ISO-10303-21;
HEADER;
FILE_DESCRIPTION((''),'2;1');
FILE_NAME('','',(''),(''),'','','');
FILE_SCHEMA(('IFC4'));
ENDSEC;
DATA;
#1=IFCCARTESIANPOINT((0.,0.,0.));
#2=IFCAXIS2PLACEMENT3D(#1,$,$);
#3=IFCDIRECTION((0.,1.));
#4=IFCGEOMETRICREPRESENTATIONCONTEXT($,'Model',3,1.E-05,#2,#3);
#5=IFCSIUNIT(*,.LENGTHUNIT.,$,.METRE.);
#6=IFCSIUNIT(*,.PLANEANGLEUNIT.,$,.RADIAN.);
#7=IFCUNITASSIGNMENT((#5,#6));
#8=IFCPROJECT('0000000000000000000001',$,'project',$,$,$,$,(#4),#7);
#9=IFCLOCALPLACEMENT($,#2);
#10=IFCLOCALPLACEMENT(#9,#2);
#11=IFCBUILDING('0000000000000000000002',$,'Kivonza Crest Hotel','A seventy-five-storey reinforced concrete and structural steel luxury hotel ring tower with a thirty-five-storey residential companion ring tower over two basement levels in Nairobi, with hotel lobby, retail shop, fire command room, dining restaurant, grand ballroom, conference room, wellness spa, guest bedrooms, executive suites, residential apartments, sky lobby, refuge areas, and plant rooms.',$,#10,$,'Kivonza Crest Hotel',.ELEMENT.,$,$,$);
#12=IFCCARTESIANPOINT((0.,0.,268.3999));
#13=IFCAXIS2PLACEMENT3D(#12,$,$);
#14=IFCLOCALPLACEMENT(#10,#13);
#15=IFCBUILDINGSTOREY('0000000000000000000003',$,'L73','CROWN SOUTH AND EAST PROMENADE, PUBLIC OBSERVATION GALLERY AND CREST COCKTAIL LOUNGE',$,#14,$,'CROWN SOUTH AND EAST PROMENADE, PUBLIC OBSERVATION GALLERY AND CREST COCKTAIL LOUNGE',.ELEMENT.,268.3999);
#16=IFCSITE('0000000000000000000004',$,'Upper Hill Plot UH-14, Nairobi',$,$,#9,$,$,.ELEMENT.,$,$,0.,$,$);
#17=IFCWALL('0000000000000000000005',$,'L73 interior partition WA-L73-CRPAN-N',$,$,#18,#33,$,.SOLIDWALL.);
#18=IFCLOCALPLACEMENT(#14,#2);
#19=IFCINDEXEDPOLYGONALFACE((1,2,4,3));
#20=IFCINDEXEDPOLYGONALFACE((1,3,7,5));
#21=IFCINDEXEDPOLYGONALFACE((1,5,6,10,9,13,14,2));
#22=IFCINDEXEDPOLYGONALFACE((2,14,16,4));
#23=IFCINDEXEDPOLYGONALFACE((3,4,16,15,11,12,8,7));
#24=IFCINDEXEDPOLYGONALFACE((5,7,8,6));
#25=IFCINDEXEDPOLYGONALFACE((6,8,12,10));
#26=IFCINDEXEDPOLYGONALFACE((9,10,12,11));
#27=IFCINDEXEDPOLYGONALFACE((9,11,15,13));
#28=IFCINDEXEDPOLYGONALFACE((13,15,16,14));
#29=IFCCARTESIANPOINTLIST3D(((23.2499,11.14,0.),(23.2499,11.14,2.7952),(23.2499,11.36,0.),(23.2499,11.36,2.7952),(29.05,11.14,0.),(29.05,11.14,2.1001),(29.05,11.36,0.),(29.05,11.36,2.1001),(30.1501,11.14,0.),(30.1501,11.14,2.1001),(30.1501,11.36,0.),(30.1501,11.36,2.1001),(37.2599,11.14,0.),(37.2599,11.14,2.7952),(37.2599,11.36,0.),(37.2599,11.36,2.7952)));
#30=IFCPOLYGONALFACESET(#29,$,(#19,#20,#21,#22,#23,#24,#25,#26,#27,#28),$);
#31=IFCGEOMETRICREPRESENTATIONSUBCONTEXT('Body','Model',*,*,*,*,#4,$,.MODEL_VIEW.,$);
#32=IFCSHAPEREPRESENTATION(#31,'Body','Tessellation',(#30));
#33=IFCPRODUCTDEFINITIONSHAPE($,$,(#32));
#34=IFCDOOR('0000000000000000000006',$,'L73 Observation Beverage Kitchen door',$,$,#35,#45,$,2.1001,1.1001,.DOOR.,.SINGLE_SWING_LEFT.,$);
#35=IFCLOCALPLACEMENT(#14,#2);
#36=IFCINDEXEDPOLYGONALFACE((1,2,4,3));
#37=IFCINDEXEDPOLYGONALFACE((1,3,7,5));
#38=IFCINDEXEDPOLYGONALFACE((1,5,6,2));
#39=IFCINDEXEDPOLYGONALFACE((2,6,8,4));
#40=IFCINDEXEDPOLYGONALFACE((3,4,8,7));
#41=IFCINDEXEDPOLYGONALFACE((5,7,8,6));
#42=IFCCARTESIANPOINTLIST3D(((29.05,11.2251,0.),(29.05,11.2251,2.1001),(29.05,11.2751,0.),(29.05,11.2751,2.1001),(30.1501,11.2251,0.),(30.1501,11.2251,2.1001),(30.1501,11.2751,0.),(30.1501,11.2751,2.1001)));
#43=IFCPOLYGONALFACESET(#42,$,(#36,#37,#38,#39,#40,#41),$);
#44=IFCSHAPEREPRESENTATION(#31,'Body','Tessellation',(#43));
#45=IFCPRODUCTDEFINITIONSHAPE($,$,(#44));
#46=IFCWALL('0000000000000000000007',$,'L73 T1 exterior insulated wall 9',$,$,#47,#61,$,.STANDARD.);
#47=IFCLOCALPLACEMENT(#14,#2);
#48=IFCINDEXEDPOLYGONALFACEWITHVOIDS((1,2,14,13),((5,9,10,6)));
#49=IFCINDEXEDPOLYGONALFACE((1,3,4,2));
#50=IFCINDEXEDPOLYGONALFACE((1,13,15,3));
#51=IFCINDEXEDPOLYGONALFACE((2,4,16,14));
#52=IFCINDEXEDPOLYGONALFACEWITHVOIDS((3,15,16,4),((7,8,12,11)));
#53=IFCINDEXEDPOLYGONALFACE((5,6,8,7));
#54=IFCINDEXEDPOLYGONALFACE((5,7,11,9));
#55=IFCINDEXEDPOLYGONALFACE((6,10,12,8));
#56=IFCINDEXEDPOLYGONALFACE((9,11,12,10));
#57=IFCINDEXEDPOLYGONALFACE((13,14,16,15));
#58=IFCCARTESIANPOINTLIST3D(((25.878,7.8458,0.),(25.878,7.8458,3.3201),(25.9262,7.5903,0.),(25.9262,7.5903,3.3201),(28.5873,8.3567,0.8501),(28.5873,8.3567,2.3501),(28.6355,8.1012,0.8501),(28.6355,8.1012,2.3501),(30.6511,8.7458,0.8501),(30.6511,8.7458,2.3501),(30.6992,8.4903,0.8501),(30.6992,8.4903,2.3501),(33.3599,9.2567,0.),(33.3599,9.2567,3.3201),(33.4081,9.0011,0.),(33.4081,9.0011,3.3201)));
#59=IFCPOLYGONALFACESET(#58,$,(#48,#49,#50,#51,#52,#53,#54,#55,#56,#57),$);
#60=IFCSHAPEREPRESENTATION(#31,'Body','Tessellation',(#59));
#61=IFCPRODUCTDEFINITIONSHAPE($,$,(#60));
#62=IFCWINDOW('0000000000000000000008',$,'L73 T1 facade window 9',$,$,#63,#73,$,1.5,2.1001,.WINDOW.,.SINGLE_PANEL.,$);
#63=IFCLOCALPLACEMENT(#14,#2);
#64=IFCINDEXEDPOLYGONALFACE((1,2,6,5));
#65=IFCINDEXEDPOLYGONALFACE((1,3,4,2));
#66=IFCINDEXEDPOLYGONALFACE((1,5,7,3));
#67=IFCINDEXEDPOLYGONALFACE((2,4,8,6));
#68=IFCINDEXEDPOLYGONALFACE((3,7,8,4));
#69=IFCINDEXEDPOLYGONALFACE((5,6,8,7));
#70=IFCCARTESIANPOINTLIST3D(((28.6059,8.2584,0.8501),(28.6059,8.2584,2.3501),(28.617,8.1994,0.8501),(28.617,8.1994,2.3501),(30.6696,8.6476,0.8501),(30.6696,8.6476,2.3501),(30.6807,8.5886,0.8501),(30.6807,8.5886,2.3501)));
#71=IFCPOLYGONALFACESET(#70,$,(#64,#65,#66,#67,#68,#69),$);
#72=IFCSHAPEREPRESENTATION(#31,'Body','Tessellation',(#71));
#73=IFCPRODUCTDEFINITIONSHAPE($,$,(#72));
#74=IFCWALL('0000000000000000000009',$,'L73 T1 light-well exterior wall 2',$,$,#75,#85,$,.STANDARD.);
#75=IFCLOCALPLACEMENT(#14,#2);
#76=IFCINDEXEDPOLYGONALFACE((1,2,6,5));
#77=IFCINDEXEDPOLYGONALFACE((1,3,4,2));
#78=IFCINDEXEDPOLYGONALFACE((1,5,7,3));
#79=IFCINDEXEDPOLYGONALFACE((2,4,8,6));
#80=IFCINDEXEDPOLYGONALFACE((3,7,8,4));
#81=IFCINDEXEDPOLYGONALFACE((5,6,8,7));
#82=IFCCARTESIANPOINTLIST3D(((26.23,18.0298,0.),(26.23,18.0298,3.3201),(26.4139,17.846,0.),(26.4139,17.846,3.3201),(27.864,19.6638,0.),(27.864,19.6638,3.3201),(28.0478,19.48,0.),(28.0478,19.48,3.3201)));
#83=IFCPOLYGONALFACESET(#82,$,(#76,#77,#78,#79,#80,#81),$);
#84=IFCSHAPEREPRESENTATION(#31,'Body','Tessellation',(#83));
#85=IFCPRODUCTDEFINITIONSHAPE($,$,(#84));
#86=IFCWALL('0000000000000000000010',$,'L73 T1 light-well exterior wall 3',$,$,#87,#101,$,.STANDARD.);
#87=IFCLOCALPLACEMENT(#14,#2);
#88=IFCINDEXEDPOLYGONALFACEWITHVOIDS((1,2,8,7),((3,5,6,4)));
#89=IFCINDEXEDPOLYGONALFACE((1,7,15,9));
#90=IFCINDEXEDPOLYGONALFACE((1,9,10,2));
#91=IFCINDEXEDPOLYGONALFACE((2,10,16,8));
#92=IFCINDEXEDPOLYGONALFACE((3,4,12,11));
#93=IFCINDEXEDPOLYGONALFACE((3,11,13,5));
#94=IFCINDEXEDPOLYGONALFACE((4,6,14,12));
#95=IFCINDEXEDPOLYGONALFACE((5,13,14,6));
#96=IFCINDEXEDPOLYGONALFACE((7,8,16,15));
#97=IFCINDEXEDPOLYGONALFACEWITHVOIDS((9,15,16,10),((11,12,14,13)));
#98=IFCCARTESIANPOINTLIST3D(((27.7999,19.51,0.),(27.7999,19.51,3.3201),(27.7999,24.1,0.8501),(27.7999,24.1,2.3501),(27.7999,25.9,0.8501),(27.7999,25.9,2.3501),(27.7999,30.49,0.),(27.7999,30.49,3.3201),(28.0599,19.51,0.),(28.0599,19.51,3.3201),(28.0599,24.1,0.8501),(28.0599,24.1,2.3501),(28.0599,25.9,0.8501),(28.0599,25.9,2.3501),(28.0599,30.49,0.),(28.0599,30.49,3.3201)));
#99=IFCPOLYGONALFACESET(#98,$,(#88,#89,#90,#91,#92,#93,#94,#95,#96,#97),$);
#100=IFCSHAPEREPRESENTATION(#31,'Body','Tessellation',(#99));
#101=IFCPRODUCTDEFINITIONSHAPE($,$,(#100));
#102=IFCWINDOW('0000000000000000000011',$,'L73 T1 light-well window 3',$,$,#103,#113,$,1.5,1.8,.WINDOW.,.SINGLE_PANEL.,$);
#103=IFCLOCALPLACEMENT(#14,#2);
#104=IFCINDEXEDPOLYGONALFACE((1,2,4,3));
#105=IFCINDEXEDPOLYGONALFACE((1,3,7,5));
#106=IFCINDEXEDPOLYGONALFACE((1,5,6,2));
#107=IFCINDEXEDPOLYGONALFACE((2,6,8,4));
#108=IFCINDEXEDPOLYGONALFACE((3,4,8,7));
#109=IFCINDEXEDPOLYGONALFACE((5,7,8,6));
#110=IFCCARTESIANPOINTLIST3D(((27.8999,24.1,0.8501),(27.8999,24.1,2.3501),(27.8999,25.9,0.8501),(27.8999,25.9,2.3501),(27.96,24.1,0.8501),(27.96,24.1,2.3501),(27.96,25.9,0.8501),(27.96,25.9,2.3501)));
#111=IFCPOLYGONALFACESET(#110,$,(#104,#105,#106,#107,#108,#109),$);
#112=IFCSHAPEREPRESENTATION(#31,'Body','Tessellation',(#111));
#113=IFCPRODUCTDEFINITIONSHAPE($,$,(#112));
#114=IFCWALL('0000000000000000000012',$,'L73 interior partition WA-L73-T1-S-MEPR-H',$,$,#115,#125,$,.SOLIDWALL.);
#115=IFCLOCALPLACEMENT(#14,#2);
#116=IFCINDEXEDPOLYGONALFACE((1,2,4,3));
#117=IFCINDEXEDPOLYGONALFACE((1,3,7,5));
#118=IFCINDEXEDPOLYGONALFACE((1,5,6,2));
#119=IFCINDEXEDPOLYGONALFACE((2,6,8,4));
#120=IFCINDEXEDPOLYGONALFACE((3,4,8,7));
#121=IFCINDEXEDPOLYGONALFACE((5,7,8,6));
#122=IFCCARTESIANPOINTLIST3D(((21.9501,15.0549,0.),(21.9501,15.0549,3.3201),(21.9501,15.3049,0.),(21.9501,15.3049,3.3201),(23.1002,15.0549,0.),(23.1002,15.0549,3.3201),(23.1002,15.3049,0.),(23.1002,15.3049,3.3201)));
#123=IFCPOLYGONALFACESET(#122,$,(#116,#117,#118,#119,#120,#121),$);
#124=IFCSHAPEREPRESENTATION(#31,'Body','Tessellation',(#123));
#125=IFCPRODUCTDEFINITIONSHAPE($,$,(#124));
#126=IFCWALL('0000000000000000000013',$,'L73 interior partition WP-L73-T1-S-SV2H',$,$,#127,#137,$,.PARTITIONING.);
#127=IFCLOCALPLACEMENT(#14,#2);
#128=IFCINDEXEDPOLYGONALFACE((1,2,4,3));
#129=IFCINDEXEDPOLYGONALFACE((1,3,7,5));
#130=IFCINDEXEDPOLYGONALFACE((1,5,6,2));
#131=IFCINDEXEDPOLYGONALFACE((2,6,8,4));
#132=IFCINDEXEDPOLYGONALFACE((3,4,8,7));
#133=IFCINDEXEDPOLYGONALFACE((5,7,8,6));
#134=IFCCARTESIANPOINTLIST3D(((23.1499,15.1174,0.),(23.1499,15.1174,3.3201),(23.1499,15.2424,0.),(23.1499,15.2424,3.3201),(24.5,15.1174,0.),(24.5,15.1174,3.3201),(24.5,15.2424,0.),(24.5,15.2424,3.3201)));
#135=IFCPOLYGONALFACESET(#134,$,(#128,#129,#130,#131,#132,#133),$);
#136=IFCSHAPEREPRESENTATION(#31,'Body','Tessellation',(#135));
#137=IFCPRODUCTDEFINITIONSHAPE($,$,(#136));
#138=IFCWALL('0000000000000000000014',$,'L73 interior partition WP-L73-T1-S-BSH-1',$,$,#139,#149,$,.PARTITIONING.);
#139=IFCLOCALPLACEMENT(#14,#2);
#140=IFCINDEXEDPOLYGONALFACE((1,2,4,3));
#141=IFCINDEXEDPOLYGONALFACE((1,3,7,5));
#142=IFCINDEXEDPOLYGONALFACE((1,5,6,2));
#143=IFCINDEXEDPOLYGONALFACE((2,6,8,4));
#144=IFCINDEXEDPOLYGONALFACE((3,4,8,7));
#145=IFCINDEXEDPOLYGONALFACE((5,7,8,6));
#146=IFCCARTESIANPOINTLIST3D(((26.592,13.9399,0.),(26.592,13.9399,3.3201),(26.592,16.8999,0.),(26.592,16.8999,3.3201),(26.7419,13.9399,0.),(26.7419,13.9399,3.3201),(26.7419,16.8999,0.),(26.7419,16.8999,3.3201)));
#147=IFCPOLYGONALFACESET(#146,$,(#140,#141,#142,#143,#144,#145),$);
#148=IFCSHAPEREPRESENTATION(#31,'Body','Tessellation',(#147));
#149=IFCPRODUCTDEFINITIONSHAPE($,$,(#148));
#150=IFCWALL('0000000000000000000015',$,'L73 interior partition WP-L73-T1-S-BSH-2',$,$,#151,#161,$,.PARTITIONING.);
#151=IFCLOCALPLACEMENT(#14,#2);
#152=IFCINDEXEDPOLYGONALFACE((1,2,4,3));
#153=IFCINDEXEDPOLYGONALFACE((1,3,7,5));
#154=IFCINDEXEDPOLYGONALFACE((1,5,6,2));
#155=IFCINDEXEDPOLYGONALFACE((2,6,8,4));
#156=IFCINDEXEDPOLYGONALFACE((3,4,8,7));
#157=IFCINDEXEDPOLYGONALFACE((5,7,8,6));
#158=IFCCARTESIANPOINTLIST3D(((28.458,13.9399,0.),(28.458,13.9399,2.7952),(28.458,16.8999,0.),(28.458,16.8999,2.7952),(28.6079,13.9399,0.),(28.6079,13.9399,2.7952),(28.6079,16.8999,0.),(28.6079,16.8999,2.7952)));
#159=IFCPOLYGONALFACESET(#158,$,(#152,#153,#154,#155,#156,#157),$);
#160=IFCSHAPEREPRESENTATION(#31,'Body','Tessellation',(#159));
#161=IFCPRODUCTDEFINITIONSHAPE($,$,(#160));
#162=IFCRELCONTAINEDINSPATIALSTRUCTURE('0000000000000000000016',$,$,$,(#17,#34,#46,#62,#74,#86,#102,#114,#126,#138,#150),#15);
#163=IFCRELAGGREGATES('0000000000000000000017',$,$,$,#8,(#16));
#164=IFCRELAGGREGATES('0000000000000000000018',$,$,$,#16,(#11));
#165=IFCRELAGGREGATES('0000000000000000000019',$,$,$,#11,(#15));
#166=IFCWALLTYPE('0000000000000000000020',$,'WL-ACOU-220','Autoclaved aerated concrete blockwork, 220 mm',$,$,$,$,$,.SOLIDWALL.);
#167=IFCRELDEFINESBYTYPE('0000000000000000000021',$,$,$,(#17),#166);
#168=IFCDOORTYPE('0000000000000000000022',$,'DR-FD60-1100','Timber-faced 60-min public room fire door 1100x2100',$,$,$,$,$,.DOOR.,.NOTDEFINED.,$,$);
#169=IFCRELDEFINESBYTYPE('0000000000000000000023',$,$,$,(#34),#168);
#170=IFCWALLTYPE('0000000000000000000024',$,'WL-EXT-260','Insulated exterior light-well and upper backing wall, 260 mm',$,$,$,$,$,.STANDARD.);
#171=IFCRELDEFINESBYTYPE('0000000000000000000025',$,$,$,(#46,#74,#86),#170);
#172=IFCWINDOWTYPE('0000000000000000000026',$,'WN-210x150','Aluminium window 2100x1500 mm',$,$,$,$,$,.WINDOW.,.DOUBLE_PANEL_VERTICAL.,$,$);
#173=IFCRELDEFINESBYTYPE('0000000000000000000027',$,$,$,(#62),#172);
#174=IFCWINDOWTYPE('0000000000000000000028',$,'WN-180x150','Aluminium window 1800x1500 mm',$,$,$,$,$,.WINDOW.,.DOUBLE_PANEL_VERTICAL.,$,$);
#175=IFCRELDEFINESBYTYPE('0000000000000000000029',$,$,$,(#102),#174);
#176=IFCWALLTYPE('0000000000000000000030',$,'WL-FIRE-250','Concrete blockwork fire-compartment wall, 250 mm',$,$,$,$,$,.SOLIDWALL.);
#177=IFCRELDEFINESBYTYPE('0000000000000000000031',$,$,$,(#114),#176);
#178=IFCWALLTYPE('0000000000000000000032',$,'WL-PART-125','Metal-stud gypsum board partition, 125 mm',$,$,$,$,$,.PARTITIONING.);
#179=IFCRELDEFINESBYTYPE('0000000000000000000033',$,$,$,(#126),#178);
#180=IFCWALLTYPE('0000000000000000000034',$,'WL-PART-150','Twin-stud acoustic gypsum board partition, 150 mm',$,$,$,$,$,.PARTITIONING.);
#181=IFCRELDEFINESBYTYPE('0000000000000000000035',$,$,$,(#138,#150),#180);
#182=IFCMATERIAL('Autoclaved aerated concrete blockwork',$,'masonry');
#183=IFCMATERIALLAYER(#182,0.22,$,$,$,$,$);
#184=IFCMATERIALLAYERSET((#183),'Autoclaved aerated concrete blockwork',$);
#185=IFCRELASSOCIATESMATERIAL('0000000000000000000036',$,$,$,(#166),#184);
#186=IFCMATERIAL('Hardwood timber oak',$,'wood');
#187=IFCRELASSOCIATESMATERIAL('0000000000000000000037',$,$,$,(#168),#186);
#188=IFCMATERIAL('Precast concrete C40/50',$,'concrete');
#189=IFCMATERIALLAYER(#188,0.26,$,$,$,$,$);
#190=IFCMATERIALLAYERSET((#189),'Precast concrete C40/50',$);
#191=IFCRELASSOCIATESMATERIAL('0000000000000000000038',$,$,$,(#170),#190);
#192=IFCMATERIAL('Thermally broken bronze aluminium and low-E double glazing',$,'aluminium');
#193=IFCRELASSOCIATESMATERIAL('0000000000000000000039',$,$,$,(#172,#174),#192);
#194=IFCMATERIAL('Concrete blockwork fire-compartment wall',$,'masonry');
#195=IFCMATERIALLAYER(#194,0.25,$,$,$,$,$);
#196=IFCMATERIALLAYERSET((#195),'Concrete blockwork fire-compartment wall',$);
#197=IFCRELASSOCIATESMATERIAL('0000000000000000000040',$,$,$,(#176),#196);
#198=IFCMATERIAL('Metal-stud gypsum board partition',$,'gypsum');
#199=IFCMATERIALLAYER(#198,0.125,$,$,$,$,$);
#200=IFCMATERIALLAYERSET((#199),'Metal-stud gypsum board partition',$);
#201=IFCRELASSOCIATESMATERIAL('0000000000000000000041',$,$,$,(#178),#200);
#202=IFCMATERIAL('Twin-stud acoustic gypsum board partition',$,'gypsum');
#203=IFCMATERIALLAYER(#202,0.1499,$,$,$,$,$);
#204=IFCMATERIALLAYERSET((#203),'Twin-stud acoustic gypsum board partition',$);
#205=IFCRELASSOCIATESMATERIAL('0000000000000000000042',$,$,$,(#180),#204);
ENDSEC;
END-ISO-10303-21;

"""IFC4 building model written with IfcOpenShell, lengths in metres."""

from ifc_helpers import new_model, si_unit, direction, frame, frame_2d, origin, place, context, subcontext, project, spatial, rectangle, extrude, material, layer, layer_set, type_object, element, fill, save


model = new_model("IFC4")

# Units and contexts
model_context = context("Model", 3, precision=1e-05, world=origin(), true_north=direction((0.0, 1.0)))
body_context = subcontext(model_context, "Body", "Model", "MODEL_VIEW")
ifc_project = project(units=[si_unit("LENGTHUNIT", "METRE"), si_unit("PLANEANGLEUNIT", "RADIAN")], contexts=[model_context])

# Site, building, storey
site_placement = place(None, origin())
site = spatial("IfcSite", under=ifc_project, at=site_placement, Name="Upper Hill Plot UH-14, Nairobi", CompositionType="ELEMENT", RefElevation=0.0)
building_placement = place(site_placement, origin())
building = spatial("IfcBuilding", under=site, at=building_placement, Name="Kivonza Crest Hotel", Description="A seventy-five-storey reinforced concrete and structural steel luxury hotel ring tower with a thirty-five-storey residential companion ring tower over two basement levels in Nairobi, with hotel lobby, retail shop, fire command room, dining restaurant, grand ballroom, conference room, wellness spa, guest bedrooms, executive suites, residential apartments, sky lobby, refuge areas, and plant rooms.", LongName="Kivonza Crest Hotel", CompositionType="ELEMENT")
storey_placement = place(building_placement, frame((0.0, 0.0, 268.3999)))
storey = spatial("IfcBuildingStorey", under=building, at=storey_placement, Name="L73", Description="CROWN SOUTH AND EAST PROMENADE, PUBLIC OBSERVATION GALLERY AND CREST COCKTAIL LOUNGE", LongName="CROWN SOUTH AND EAST PROMENADE, PUBLIC OBSERVATION GALLERY AND CREST COCKTAIL LOUNGE", CompositionType="ELEMENT", Elevation=268.3999)

# Wall, opening, door
ifc_material_1 = material(Name="Autoclaved aerated concrete blockwork", Category="masonry")
ifc_layer_1 = layer(ifc_material_1, 0.22)
ifc_layer_set_1 = layer_set([ifc_layer_1], Name="Autoclaved aerated concrete blockwork")
wall_type_1 = type_object("IfcWallType", Name="WL-ACOU-220", Description="Autoclaved aerated concrete blockwork, 220 mm", PredefinedType="SOLIDWALL", material=ifc_layer_set_1)
wall_1_placement = place(storey_placement, frame((23.25, 11.25, 0.0), z_axis=(0.0, 0.0, 1.0), x_axis=(1.0, 0.0, 0.0)))
wall_1 = element("IfcWall", 1, at=wall_1_placement, inside=storey, type_object=wall_type_1, Name="L73 interior partition WA-L73-CRPAN-N", PredefinedType="SOLIDWALL", context=body_context, shape_type="SweptSolid", body=[
    extrude(rectangle(XDim=14.01, YDim=0.22, at=frame_2d((7.0049, 0.0))), origin(), (0.0, 0.0, 1.0), 2.7952),
])
opening_1_placement = place(wall_1_placement, frame((5.8, 0.0, 0.0)))
opening_1 = element("IfcOpeningElement", 2, at=opening_1_placement, cuts=wall_1, PredefinedType="OPENING", context=body_context, shape_type="SweptSolid", body=[
    extrude(rectangle(XDim=1.1001, YDim=2.1001, at=frame_2d((0.55, 1.05))), frame((0.0, 0.1201, 0.0), z_axis=(0.0, -1.0, 0.0), x_axis=(1.0, 0.0, 0.0)), (0.0, 0.0, 1.0), 0.24),
])
ifc_material_2 = material(Name="Hardwood timber oak", Category="wood")
door_type = type_object("IfcDoorType", Name="DR-FD60-1100", Description="Timber-faced 60-min public room fire door 1100x2100", OperationType="NOTDEFINED", PredefinedType="DOOR", material=ifc_material_2)
door_placement = place(opening_1_placement, frame((1.1001, 0.0, 0.0), z_axis=(0.0, 0.0, 1.0), x_axis=(-1.0, 0.0, 0.0)))
door = element("IfcDoor", 3, at=door_placement, inside=storey, type_object=door_type, Name="L73 Observation Beverage Kitchen door", OperationType="SINGLE_SWING_LEFT", OverallHeight=2.1001, OverallWidth=1.1001, PredefinedType="DOOR", context=body_context, shape_type="SweptSolid", body=[
    extrude(rectangle(XDim=1.1001, YDim=2.1001, at=frame_2d((0.55, 1.05))), frame((0.0, 0.0249, 0.0), z_axis=(0.0, -1.0, 0.0), x_axis=(1.0, 0.0, 0.0)), (0.0, 0.0, 1.0), 0.05),
])
fill(opening_1, door)

# Wall, opening, window
ifc_material_3 = material(Name="Precast concrete C40/50", Category="concrete")
ifc_layer_2 = layer(ifc_material_3, 0.26)
ifc_layer_set_2 = layer_set([ifc_layer_2], Name="Precast concrete C40/50")
wall_type_2 = type_object("IfcWallType", Name="WL-EXT-260", Description="Insulated exterior light-well and upper backing wall, 260 mm", PredefinedType="STANDARD", material=ifc_layer_set_2)
wall_2_placement = place(storey_placement, frame((25.9021, 7.718, 0.0), z_axis=(0.0, 0.0, 1.0), x_axis=(0.982681, 0.185307, 0.0)))
wall_2 = element("IfcWall", 4, at=wall_2_placement, inside=storey, type_object=wall_type_2, Name="L73 T1 exterior insulated wall 9", PredefinedType="STANDARD", context=body_context, shape_type="SweptSolid", body=[
    extrude(rectangle(XDim=7.6138, YDim=0.26, at=frame_2d((3.8069, 0.0))), origin(), (0.0, 0.0, 1.0), 3.3201),
])
opening_2_placement = place(wall_2_placement, frame((2.7571, 0.0, 0.8501)))
opening_2 = element("IfcOpeningElement", 5, at=opening_2_placement, cuts=wall_2, PredefinedType="OPENING", context=body_context, shape_type="SweptSolid", body=[
    extrude(rectangle(XDim=2.1001, YDim=1.5, at=frame_2d((1.05, 0.75))), frame((0.0, 0.1401, 0.0), z_axis=(0.0, -1.0, 0.0), x_axis=(1.0, 0.0, 0.0)), (0.0, 0.0, 1.0), 0.28),
])
ifc_material_4 = material(Name="Thermally broken bronze aluminium and low-E double glazing", Category="aluminium")
window_type_1 = type_object("IfcWindowType", Name="WN-210x150", Description="Aluminium window 2100x1500 mm", PartitioningType="DOUBLE_PANEL_VERTICAL", PredefinedType="WINDOW", material=ifc_material_4)
window_1_placement = place(opening_2_placement, origin())
window_1 = element("IfcWindow", 6, at=window_1_placement, inside=storey, type_object=window_type_1, Name="L73 T1 facade window 9", OverallHeight=1.5, OverallWidth=2.1001, PartitioningType="SINGLE_PANEL", PredefinedType="WINDOW", context=body_context, shape_type="SweptSolid", body=[
    extrude(rectangle(XDim=2.1001, YDim=1.5, at=frame_2d((1.05, 0.75))), frame((0.0, 0.03, 0.0), z_axis=(0.0, -1.0, 0.0), x_axis=(1.0, 0.0, 0.0)), (0.0, 0.0, 1.0), 0.0601),
])
fill(opening_2, window_1)

# Wall
wall_3_placement = place(storey_placement, frame((26.322, 17.938, 0.0), z_axis=(0.0, 0.0, 1.0), x_axis=(0.707107, 0.707107, 0.0)))
element("IfcWall", 7, at=wall_3_placement, inside=storey, type_object=wall_type_2, Name="L73 T1 light-well exterior wall 2", PredefinedType="STANDARD", context=body_context, shape_type="SweptSolid", body=[
    extrude(rectangle(XDim=2.3108, YDim=0.26, at=frame_2d((1.1553, 0.0))), origin(), (0.0, 0.0, 1.0), 3.3201),
])

# Wall, opening, window
wall_4_placement = place(storey_placement, frame((27.9299, 19.51, 0.0), z_axis=(0.0, 0.0, 1.0), x_axis=(0.0, 1.0, 0.0)))
wall_4 = element("IfcWall", 8, at=wall_4_placement, inside=storey, type_object=wall_type_2, Name="L73 T1 light-well exterior wall 3", PredefinedType="STANDARD", context=body_context, shape_type="SweptSolid", body=[
    extrude(rectangle(XDim=10.98, YDim=0.26, at=frame_2d((5.49, 0.0))), origin(), (0.0, 0.0, 1.0), 3.3201),
])
opening_3_placement = place(wall_4_placement, frame((4.5901, 0.0, 0.8501)))
opening_3 = element("IfcOpeningElement", 9, at=opening_3_placement, cuts=wall_4, PredefinedType="OPENING", context=body_context, shape_type="SweptSolid", body=[
    extrude(rectangle(XDim=1.8, YDim=1.5, at=frame_2d((0.8999, 0.75))), frame((0.0, 0.1401, 0.0), z_axis=(0.0, -1.0, 0.0), x_axis=(1.0, 0.0, 0.0)), (0.0, 0.0, 1.0), 0.28),
])
window_type_2 = type_object("IfcWindowType", Name="WN-180x150", Description="Aluminium window 1800x1500 mm", PartitioningType="DOUBLE_PANEL_VERTICAL", PredefinedType="WINDOW", material=ifc_material_4)
window_2_placement = place(opening_3_placement, origin())
window_2 = element("IfcWindow", 10, at=window_2_placement, inside=storey, type_object=window_type_2, Name="L73 T1 light-well window 3", OverallHeight=1.5, OverallWidth=1.8, PartitioningType="SINGLE_PANEL", PredefinedType="WINDOW", context=body_context, shape_type="SweptSolid", body=[
    extrude(rectangle(XDim=1.8, YDim=1.5, at=frame_2d((0.8999, 0.75))), frame((0.0, 0.03, 0.0), z_axis=(0.0, -1.0, 0.0), x_axis=(1.0, 0.0, 0.0)), (0.0, 0.0, 1.0), 0.0601),
])
fill(opening_3, window_2)

# Walls
ifc_material_5 = material(Name="Concrete blockwork fire-compartment wall", Category="masonry")
ifc_layer_3 = layer(ifc_material_5, 0.25)
ifc_layer_set_3 = layer_set([ifc_layer_3], Name="Concrete blockwork fire-compartment wall")
wall_type_3 = type_object("IfcWallType", Name="WL-FIRE-250", Description="Concrete blockwork fire-compartment wall, 250 mm", PredefinedType="SOLIDWALL", material=ifc_layer_set_3)
wall_5_placement = place(storey_placement, frame((21.95, 15.1799, 0.0), z_axis=(0.0, 0.0, 1.0), x_axis=(1.0, 0.0, 0.0)))
element("IfcWall", 11, at=wall_5_placement, inside=storey, type_object=wall_type_3, Name="L73 interior partition WA-L73-T1-S-MEPR-H", PredefinedType="SOLIDWALL", context=body_context, shape_type="SweptSolid", body=[
    extrude(rectangle(XDim=1.1501, YDim=0.25, at=frame_2d((0.5752, 0.0))), origin(), (0.0, 0.0, 1.0), 3.3201),
])
ifc_material_6 = material(Name="Metal-stud gypsum board partition", Category="gypsum")
ifc_layer_4 = layer(ifc_material_6, 0.125)
ifc_layer_set_4 = layer_set([ifc_layer_4], Name="Metal-stud gypsum board partition")
wall_type_4 = type_object("IfcWallType", Name="WL-PART-125", Description="Metal-stud gypsum board partition, 125 mm", PredefinedType="PARTITIONING", material=ifc_layer_set_4)
wall_6_placement = place(storey_placement, frame((23.1499, 15.1799, 0.0), z_axis=(0.0, 0.0, 1.0), x_axis=(1.0, 0.0, 0.0)))
element("IfcWall", 12, at=wall_6_placement, inside=storey, type_object=wall_type_4, Name="L73 interior partition WP-L73-T1-S-SV2H", PredefinedType="PARTITIONING", context=body_context, shape_type="SweptSolid", body=[
    extrude(rectangle(XDim=1.3501, YDim=0.125, at=frame_2d((0.675, 0.0))), origin(), (0.0, 0.0, 1.0), 3.3201),
])
ifc_material_7 = material(Name="Twin-stud acoustic gypsum board partition", Category="gypsum")
ifc_layer_5 = layer(ifc_material_7, 0.1499)
ifc_layer_set_5 = layer_set([ifc_layer_5], Name="Twin-stud acoustic gypsum board partition")
wall_type_5 = type_object("IfcWallType", Name="WL-PART-150", Description="Twin-stud acoustic gypsum board partition, 150 mm", PredefinedType="PARTITIONING", material=ifc_layer_set_5)
wall_7_placement = place(storey_placement, frame((26.667, 13.9399, 0.0), z_axis=(0.0, 0.0, 1.0), x_axis=(0.0, 1.0, 0.0)))
element("IfcWall", 13, at=wall_7_placement, inside=storey, type_object=wall_type_5, Name="L73 interior partition WP-L73-T1-S-BSH-1", PredefinedType="PARTITIONING", context=body_context, shape_type="SweptSolid", body=[
    extrude(rectangle(XDim=2.96, YDim=0.1499, at=frame_2d((1.48, 0.0))), origin(), (0.0, 0.0, 1.0), 3.3201),
])
wall_8_placement = place(storey_placement, frame((28.533, 13.9399, 0.0), z_axis=(0.0, 0.0, 1.0), x_axis=(0.0, 1.0, 0.0)))
element("IfcWall", 14, at=wall_8_placement, inside=storey, type_object=wall_type_5, Name="L73 interior partition WP-L73-T1-S-BSH-2", PredefinedType="PARTITIONING", context=body_context, shape_type="SweptSolid", body=[
    extrude(rectangle(XDim=2.96, YDim=0.1499, at=frame_2d((1.48, 0.0))), origin(), (0.0, 0.0, 1.0), 2.7952),
])

save(model, "model.ifc")
